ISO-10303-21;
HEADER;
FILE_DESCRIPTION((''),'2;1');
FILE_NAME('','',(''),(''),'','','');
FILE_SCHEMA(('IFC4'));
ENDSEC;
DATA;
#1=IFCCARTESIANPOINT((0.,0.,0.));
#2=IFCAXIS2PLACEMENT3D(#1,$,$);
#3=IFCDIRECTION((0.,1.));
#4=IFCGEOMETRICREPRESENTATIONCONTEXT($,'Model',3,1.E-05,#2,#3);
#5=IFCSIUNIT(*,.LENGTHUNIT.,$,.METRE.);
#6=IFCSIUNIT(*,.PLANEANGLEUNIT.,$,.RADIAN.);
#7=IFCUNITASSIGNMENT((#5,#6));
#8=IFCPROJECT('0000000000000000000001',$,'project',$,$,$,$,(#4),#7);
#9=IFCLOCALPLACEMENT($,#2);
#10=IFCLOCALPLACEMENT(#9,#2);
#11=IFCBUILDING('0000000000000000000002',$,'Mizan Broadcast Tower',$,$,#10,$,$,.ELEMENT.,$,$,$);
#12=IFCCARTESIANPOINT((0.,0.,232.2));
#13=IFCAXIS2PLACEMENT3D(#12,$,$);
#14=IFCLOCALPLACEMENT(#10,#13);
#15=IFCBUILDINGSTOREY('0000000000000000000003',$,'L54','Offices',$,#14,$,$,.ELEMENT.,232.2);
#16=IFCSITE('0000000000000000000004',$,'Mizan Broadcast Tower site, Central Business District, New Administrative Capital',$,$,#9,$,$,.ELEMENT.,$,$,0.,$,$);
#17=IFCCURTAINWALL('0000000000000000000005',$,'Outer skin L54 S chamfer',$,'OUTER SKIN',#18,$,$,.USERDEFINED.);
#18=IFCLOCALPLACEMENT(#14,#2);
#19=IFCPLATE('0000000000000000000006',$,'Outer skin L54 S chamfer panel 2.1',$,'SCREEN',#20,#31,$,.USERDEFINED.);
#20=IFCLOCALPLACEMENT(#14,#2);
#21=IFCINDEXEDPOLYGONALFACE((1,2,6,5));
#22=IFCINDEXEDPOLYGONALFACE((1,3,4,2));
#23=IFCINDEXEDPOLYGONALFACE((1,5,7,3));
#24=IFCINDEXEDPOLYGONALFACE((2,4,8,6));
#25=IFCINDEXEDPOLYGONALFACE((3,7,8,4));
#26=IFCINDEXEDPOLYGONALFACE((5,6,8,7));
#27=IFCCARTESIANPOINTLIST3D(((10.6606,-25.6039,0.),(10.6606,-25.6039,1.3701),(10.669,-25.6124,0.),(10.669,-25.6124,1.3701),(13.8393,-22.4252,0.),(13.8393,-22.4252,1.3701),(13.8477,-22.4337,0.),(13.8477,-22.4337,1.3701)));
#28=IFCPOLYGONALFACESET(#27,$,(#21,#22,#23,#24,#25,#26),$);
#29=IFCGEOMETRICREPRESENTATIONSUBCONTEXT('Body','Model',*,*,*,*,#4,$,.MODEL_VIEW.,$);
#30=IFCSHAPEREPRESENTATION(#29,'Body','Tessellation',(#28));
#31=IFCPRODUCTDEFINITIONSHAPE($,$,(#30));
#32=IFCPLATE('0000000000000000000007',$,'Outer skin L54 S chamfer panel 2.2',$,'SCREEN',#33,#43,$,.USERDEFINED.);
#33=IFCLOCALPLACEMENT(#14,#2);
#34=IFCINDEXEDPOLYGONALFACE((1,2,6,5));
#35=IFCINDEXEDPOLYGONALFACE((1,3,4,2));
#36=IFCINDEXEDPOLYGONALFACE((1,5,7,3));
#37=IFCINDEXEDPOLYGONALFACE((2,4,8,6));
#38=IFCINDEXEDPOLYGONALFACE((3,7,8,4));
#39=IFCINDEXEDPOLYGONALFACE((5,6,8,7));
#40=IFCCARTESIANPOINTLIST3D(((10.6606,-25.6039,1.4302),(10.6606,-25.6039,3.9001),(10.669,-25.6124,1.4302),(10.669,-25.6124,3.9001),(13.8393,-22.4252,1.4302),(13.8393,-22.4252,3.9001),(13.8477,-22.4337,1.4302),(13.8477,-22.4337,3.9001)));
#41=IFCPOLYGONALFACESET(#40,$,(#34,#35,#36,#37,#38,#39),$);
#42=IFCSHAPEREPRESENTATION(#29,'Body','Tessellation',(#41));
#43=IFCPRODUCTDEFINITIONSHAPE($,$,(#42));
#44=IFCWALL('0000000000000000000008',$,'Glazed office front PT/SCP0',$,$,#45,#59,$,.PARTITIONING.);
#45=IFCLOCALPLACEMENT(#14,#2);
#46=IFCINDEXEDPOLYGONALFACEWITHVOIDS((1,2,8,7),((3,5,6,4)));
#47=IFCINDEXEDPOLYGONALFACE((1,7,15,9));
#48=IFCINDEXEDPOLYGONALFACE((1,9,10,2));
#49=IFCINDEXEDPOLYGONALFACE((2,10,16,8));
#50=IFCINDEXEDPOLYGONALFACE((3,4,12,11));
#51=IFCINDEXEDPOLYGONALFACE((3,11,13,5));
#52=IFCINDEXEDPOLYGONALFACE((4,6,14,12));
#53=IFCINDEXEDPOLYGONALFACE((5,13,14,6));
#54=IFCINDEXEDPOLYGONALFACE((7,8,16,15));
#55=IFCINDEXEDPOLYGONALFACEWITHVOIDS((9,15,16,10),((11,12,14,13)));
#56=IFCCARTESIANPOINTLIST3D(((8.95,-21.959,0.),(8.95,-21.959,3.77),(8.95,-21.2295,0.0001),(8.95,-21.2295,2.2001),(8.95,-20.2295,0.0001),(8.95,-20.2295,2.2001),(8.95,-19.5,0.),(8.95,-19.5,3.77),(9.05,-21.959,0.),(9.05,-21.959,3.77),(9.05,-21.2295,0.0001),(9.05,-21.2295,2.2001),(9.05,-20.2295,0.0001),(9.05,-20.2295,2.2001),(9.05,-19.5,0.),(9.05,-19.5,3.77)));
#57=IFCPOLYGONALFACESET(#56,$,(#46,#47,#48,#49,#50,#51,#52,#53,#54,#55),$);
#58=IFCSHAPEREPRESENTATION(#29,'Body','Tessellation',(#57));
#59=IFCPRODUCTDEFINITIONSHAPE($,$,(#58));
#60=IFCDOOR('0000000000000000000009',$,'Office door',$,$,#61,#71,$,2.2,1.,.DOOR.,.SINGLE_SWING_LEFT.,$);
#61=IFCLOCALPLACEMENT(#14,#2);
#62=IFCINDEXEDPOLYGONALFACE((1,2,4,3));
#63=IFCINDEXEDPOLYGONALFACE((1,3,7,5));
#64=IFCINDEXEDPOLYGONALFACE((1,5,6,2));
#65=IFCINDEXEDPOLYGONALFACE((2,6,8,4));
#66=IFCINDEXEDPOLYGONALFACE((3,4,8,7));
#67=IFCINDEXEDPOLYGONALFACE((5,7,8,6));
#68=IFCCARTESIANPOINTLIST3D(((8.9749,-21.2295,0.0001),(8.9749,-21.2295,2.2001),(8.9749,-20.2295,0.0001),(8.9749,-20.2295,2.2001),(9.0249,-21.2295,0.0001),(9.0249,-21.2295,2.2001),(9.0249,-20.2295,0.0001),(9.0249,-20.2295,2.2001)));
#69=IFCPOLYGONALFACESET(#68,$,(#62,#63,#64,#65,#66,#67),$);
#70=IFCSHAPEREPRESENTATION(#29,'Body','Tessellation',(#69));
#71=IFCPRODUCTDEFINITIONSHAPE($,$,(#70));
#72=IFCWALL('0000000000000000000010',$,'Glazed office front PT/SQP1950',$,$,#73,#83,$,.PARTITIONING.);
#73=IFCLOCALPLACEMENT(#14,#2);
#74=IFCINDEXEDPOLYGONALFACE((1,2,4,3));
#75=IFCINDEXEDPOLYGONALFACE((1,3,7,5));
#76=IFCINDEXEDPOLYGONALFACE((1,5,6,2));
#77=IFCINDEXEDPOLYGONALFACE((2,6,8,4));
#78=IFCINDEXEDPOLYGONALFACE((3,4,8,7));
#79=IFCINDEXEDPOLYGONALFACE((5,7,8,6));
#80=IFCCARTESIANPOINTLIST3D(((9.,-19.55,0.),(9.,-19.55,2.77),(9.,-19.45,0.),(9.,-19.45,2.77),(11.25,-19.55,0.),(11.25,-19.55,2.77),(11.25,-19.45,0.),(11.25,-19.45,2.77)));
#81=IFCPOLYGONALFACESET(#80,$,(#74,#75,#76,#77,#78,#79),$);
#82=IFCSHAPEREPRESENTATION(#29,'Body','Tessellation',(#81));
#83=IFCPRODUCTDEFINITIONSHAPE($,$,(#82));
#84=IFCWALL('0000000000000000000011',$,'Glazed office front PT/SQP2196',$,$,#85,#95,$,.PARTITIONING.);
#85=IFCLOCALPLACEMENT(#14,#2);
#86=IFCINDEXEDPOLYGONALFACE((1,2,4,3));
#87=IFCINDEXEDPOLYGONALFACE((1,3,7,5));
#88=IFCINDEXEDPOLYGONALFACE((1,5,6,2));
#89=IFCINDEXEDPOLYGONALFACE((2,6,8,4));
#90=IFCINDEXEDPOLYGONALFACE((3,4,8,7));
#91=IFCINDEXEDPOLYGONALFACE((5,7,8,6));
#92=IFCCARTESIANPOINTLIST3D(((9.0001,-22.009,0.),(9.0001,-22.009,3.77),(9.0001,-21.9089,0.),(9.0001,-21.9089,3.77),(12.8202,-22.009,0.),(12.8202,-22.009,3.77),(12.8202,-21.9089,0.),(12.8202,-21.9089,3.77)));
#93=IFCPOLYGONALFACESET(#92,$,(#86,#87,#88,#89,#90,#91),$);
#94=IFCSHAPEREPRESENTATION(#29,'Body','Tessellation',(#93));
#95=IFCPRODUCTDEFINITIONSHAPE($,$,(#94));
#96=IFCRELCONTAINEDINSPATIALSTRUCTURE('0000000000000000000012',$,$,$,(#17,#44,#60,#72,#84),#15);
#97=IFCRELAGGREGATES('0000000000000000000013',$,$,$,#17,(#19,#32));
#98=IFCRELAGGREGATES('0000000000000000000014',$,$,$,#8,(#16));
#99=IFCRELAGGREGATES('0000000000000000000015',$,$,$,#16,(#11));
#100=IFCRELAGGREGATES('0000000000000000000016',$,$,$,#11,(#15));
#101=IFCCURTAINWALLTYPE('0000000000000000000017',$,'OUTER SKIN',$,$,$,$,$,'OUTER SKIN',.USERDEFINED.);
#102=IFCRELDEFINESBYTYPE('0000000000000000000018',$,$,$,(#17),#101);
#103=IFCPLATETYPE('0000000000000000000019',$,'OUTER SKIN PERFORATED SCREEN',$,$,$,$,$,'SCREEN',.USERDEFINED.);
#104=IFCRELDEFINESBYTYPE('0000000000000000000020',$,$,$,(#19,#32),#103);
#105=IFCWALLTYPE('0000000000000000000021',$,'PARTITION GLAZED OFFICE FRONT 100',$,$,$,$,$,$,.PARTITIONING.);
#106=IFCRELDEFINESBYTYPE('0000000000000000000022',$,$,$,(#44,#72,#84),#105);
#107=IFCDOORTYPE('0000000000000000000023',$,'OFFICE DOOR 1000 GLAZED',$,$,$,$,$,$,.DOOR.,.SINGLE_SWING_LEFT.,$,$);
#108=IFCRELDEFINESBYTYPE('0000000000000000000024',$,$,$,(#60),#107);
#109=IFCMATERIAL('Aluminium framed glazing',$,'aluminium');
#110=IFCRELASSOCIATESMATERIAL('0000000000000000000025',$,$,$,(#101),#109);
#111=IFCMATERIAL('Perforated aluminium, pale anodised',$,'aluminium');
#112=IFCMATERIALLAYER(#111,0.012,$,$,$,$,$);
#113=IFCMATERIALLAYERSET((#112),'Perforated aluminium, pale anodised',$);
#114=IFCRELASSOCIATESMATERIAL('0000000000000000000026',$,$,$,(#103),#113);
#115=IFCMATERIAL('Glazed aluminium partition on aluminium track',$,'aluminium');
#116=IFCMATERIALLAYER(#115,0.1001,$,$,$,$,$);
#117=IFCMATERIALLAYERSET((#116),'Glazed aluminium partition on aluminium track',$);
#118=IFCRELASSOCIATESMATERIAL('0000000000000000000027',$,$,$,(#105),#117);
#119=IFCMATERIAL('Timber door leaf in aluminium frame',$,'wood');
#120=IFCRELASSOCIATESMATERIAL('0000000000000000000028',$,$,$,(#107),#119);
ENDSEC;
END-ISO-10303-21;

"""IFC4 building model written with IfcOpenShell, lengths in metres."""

from ifc_helpers import new_model, si_unit, direction, frame, frame_2d, origin, origin_2d, place, context, subcontext, project, spatial, rectangle, extrude, material, layer, layer_set, type_object, element, fill, aggregate, save


model = new_model("IFC4")

# Units and contexts
model_context = context("Model", 3, precision=1e-05, world=origin(), true_north=direction((0.0, 1.0)))
body_context = subcontext(model_context, "Body", "Model", "MODEL_VIEW")
ifc_project = project(units=[si_unit("LENGTHUNIT", "METRE"), si_unit("PLANEANGLEUNIT", "RADIAN")], contexts=[model_context])

# Site, building, storey
site_placement = place(None, origin())
site = spatial("IfcSite", under=ifc_project, at=site_placement, Name="Mizan Broadcast Tower site, Central Business District, New Administrative Capital", CompositionType="ELEMENT", RefElevation=0.0)
building_placement = place(site_placement, origin())
building = spatial("IfcBuilding", under=site, at=building_placement, Name="Mizan Broadcast Tower", CompositionType="ELEMENT")
storey_placement = place(building_placement, frame((0.0, 0.0, 232.2)))
storey = spatial("IfcBuildingStorey", under=building, at=storey_placement, Name="L54", Description="Offices", CompositionType="ELEMENT", Elevation=232.2)

# Shared definitions
ifc_material_1 = material(Name="Aluminium framed glazing", Category="aluminium")
curtain_wall_type_1 = type_object("IfcCurtainWallType", Name="OUTER SKIN", ElementType="OUTER SKIN", PredefinedType="USERDEFINED", material=ifc_material_1)

# Curtain wall
curtain_wall_1_placement = place(storey_placement, origin())
curtain_wall_1 = element("IfcCurtainWall", 1, at=curtain_wall_1_placement, inside=storey, type_object=curtain_wall_type_1, Name="Outer skin L54 S chamfer", ObjectType="OUTER SKIN", PredefinedType="USERDEFINED")

# Plates
ifc_material_2 = material(Name="Perforated aluminium, pale anodised", Category="aluminium")
ifc_layer_1 = layer(ifc_material_2, 0.012)
ifc_layer_set_1 = layer_set([ifc_layer_1], Name="Perforated aluminium, pale anodised")
plate_type_1 = type_object("IfcPlateType", Name="OUTER SKIN PERFORATED SCREEN", ElementType="SCREEN", PredefinedType="USERDEFINED", material=ifc_layer_set_1)
plate_1_placement = place(storey_placement, frame((12.2542, -24.0188, 0.0), z_axis=(0.0, 0.0, 1.0), x_axis=(0.707107, 0.707107, 0.0)))
plate_1 = element("IfcPlate", 2, at=plate_1_placement, type_object=plate_type_1, Name="Outer skin L54 S chamfer panel 2.1", ObjectType="SCREEN", PredefinedType="USERDEFINED", context=body_context, shape_type="SweptSolid", body=[
    extrude(rectangle(XDim=4.4954, YDim=0.012, at=origin_2d()), origin(), (0.0, 0.0, 1.0), 1.3701),
])
plate_2_placement = place(storey_placement, frame((12.2542, -24.0188, 1.4302), z_axis=(0.0, 0.0, 1.0), x_axis=(0.707107, 0.707107, 0.0)))
plate_2 = element("IfcPlate", 3, at=plate_2_placement, type_object=plate_type_1, Name="Outer skin L54 S chamfer panel 2.2", ObjectType="SCREEN", PredefinedType="USERDEFINED", context=body_context, shape_type="SweptSolid", body=[
    extrude(rectangle(XDim=4.4954, YDim=0.012, at=origin_2d()), origin(), (0.0, 0.0, 1.0), 2.47),
])
aggregate(curtain_wall_1, [plate_1, plate_2])

# Wall, opening, door
ifc_material_3 = material(Name="Glazed aluminium partition on aluminium track", Category="aluminium")
ifc_layer_2 = layer(ifc_material_3, 0.1001)
ifc_layer_set_2 = layer_set([ifc_layer_2], Name="Glazed aluminium partition on aluminium track")
wall_type = type_object("IfcWallType", Name="PARTITION GLAZED OFFICE FRONT 100", PredefinedType="PARTITIONING", material=ifc_layer_set_2)
wall_1_placement = place(storey_placement, frame((9.0, -19.5, 0.0), z_axis=(0.0, 0.0, 1.0), x_axis=(0.0, -1.0, 0.0)))
wall_1 = element("IfcWall", 4, at=wall_1_placement, inside=storey, type_object=wall_type, Name="Glazed office front PT/SCP0", PredefinedType="PARTITIONING", context=body_context, shape_type="SweptSolid", body=[
    extrude(rectangle(XDim=2.459, YDim=0.1001, at=frame_2d((1.2295, 0.0))), origin(), (0.0, 0.0, 1.0), 3.77),
])
opening_placement = place(wall_1_placement, frame((0.7295, 0.0, 0.0)))
opening = element("IfcOpeningElement", 5, at=opening_placement, cuts=wall_1, PredefinedType="OPENING", context=body_context, shape_type="SweptSolid", body=[
    extrude(rectangle(XDim=1.0, YDim=2.2, at=frame_2d((0.5, 1.1001))), frame((0.0, 0.0601, 0.0), z_axis=(0.0, -1.0, 0.0), x_axis=(1.0, 0.0, 0.0)), (0.0, 0.0, 1.0), 0.1201),
])
ifc_material_4 = material(Name="Timber door leaf in aluminium frame", Category="wood")
door_type = type_object("IfcDoorType", Name="OFFICE DOOR 1000 GLAZED", OperationType="SINGLE_SWING_LEFT", PredefinedType="DOOR", material=ifc_material_4)
door_placement = place(opening_placement, origin())
door = element("IfcDoor", 6, at=door_placement, inside=storey, type_object=door_type, Name="Office door", OperationType="SINGLE_SWING_LEFT", OverallHeight=2.2, OverallWidth=1.0, PredefinedType="DOOR", context=body_context, shape_type="SweptSolid", body=[
    extrude(rectangle(XDim=1.0, YDim=2.2, at=frame_2d((0.5, 1.1001))), frame((0.0, 0.0249, 0.0), z_axis=(0.0, -1.0, 0.0), x_axis=(1.0, 0.0, 0.0)), (0.0, 0.0, 1.0), 0.05),
])
fill(opening, door)

# Walls
wall_2_placement = place(storey_placement, frame((9.0, -19.5, 0.0), z_axis=(0.0, 0.0, 1.0), x_axis=(1.0, 0.0, 0.0)))
element("IfcWall", 7, at=wall_2_placement, inside=storey, type_object=wall_type, Name="Glazed office front PT/SQP1950", PredefinedType="PARTITIONING", context=body_context, shape_type="SweptSolid", body=[
    extrude(rectangle(XDim=2.25, YDim=0.1001, at=frame_2d((1.125, 0.0))), origin(), (0.0, 0.0, 1.0), 2.77),
])
wall_3_placement = place(storey_placement, frame((9.0, -21.959, 0.0), z_axis=(0.0, 0.0, 1.0), x_axis=(1.0, 0.0, 0.0)))
element("IfcWall", 8, at=wall_3_placement, inside=storey, type_object=wall_type, Name="Glazed office front PT/SQP2196", PredefinedType="PARTITIONING", context=body_context, shape_type="SweptSolid", body=[
    extrude(rectangle(XDim=3.8201, YDim=0.1001, at=frame_2d((1.9102, 0.0))), origin(), (0.0, 0.0, 1.0), 3.77),
])

save(model, "model.ifc")
